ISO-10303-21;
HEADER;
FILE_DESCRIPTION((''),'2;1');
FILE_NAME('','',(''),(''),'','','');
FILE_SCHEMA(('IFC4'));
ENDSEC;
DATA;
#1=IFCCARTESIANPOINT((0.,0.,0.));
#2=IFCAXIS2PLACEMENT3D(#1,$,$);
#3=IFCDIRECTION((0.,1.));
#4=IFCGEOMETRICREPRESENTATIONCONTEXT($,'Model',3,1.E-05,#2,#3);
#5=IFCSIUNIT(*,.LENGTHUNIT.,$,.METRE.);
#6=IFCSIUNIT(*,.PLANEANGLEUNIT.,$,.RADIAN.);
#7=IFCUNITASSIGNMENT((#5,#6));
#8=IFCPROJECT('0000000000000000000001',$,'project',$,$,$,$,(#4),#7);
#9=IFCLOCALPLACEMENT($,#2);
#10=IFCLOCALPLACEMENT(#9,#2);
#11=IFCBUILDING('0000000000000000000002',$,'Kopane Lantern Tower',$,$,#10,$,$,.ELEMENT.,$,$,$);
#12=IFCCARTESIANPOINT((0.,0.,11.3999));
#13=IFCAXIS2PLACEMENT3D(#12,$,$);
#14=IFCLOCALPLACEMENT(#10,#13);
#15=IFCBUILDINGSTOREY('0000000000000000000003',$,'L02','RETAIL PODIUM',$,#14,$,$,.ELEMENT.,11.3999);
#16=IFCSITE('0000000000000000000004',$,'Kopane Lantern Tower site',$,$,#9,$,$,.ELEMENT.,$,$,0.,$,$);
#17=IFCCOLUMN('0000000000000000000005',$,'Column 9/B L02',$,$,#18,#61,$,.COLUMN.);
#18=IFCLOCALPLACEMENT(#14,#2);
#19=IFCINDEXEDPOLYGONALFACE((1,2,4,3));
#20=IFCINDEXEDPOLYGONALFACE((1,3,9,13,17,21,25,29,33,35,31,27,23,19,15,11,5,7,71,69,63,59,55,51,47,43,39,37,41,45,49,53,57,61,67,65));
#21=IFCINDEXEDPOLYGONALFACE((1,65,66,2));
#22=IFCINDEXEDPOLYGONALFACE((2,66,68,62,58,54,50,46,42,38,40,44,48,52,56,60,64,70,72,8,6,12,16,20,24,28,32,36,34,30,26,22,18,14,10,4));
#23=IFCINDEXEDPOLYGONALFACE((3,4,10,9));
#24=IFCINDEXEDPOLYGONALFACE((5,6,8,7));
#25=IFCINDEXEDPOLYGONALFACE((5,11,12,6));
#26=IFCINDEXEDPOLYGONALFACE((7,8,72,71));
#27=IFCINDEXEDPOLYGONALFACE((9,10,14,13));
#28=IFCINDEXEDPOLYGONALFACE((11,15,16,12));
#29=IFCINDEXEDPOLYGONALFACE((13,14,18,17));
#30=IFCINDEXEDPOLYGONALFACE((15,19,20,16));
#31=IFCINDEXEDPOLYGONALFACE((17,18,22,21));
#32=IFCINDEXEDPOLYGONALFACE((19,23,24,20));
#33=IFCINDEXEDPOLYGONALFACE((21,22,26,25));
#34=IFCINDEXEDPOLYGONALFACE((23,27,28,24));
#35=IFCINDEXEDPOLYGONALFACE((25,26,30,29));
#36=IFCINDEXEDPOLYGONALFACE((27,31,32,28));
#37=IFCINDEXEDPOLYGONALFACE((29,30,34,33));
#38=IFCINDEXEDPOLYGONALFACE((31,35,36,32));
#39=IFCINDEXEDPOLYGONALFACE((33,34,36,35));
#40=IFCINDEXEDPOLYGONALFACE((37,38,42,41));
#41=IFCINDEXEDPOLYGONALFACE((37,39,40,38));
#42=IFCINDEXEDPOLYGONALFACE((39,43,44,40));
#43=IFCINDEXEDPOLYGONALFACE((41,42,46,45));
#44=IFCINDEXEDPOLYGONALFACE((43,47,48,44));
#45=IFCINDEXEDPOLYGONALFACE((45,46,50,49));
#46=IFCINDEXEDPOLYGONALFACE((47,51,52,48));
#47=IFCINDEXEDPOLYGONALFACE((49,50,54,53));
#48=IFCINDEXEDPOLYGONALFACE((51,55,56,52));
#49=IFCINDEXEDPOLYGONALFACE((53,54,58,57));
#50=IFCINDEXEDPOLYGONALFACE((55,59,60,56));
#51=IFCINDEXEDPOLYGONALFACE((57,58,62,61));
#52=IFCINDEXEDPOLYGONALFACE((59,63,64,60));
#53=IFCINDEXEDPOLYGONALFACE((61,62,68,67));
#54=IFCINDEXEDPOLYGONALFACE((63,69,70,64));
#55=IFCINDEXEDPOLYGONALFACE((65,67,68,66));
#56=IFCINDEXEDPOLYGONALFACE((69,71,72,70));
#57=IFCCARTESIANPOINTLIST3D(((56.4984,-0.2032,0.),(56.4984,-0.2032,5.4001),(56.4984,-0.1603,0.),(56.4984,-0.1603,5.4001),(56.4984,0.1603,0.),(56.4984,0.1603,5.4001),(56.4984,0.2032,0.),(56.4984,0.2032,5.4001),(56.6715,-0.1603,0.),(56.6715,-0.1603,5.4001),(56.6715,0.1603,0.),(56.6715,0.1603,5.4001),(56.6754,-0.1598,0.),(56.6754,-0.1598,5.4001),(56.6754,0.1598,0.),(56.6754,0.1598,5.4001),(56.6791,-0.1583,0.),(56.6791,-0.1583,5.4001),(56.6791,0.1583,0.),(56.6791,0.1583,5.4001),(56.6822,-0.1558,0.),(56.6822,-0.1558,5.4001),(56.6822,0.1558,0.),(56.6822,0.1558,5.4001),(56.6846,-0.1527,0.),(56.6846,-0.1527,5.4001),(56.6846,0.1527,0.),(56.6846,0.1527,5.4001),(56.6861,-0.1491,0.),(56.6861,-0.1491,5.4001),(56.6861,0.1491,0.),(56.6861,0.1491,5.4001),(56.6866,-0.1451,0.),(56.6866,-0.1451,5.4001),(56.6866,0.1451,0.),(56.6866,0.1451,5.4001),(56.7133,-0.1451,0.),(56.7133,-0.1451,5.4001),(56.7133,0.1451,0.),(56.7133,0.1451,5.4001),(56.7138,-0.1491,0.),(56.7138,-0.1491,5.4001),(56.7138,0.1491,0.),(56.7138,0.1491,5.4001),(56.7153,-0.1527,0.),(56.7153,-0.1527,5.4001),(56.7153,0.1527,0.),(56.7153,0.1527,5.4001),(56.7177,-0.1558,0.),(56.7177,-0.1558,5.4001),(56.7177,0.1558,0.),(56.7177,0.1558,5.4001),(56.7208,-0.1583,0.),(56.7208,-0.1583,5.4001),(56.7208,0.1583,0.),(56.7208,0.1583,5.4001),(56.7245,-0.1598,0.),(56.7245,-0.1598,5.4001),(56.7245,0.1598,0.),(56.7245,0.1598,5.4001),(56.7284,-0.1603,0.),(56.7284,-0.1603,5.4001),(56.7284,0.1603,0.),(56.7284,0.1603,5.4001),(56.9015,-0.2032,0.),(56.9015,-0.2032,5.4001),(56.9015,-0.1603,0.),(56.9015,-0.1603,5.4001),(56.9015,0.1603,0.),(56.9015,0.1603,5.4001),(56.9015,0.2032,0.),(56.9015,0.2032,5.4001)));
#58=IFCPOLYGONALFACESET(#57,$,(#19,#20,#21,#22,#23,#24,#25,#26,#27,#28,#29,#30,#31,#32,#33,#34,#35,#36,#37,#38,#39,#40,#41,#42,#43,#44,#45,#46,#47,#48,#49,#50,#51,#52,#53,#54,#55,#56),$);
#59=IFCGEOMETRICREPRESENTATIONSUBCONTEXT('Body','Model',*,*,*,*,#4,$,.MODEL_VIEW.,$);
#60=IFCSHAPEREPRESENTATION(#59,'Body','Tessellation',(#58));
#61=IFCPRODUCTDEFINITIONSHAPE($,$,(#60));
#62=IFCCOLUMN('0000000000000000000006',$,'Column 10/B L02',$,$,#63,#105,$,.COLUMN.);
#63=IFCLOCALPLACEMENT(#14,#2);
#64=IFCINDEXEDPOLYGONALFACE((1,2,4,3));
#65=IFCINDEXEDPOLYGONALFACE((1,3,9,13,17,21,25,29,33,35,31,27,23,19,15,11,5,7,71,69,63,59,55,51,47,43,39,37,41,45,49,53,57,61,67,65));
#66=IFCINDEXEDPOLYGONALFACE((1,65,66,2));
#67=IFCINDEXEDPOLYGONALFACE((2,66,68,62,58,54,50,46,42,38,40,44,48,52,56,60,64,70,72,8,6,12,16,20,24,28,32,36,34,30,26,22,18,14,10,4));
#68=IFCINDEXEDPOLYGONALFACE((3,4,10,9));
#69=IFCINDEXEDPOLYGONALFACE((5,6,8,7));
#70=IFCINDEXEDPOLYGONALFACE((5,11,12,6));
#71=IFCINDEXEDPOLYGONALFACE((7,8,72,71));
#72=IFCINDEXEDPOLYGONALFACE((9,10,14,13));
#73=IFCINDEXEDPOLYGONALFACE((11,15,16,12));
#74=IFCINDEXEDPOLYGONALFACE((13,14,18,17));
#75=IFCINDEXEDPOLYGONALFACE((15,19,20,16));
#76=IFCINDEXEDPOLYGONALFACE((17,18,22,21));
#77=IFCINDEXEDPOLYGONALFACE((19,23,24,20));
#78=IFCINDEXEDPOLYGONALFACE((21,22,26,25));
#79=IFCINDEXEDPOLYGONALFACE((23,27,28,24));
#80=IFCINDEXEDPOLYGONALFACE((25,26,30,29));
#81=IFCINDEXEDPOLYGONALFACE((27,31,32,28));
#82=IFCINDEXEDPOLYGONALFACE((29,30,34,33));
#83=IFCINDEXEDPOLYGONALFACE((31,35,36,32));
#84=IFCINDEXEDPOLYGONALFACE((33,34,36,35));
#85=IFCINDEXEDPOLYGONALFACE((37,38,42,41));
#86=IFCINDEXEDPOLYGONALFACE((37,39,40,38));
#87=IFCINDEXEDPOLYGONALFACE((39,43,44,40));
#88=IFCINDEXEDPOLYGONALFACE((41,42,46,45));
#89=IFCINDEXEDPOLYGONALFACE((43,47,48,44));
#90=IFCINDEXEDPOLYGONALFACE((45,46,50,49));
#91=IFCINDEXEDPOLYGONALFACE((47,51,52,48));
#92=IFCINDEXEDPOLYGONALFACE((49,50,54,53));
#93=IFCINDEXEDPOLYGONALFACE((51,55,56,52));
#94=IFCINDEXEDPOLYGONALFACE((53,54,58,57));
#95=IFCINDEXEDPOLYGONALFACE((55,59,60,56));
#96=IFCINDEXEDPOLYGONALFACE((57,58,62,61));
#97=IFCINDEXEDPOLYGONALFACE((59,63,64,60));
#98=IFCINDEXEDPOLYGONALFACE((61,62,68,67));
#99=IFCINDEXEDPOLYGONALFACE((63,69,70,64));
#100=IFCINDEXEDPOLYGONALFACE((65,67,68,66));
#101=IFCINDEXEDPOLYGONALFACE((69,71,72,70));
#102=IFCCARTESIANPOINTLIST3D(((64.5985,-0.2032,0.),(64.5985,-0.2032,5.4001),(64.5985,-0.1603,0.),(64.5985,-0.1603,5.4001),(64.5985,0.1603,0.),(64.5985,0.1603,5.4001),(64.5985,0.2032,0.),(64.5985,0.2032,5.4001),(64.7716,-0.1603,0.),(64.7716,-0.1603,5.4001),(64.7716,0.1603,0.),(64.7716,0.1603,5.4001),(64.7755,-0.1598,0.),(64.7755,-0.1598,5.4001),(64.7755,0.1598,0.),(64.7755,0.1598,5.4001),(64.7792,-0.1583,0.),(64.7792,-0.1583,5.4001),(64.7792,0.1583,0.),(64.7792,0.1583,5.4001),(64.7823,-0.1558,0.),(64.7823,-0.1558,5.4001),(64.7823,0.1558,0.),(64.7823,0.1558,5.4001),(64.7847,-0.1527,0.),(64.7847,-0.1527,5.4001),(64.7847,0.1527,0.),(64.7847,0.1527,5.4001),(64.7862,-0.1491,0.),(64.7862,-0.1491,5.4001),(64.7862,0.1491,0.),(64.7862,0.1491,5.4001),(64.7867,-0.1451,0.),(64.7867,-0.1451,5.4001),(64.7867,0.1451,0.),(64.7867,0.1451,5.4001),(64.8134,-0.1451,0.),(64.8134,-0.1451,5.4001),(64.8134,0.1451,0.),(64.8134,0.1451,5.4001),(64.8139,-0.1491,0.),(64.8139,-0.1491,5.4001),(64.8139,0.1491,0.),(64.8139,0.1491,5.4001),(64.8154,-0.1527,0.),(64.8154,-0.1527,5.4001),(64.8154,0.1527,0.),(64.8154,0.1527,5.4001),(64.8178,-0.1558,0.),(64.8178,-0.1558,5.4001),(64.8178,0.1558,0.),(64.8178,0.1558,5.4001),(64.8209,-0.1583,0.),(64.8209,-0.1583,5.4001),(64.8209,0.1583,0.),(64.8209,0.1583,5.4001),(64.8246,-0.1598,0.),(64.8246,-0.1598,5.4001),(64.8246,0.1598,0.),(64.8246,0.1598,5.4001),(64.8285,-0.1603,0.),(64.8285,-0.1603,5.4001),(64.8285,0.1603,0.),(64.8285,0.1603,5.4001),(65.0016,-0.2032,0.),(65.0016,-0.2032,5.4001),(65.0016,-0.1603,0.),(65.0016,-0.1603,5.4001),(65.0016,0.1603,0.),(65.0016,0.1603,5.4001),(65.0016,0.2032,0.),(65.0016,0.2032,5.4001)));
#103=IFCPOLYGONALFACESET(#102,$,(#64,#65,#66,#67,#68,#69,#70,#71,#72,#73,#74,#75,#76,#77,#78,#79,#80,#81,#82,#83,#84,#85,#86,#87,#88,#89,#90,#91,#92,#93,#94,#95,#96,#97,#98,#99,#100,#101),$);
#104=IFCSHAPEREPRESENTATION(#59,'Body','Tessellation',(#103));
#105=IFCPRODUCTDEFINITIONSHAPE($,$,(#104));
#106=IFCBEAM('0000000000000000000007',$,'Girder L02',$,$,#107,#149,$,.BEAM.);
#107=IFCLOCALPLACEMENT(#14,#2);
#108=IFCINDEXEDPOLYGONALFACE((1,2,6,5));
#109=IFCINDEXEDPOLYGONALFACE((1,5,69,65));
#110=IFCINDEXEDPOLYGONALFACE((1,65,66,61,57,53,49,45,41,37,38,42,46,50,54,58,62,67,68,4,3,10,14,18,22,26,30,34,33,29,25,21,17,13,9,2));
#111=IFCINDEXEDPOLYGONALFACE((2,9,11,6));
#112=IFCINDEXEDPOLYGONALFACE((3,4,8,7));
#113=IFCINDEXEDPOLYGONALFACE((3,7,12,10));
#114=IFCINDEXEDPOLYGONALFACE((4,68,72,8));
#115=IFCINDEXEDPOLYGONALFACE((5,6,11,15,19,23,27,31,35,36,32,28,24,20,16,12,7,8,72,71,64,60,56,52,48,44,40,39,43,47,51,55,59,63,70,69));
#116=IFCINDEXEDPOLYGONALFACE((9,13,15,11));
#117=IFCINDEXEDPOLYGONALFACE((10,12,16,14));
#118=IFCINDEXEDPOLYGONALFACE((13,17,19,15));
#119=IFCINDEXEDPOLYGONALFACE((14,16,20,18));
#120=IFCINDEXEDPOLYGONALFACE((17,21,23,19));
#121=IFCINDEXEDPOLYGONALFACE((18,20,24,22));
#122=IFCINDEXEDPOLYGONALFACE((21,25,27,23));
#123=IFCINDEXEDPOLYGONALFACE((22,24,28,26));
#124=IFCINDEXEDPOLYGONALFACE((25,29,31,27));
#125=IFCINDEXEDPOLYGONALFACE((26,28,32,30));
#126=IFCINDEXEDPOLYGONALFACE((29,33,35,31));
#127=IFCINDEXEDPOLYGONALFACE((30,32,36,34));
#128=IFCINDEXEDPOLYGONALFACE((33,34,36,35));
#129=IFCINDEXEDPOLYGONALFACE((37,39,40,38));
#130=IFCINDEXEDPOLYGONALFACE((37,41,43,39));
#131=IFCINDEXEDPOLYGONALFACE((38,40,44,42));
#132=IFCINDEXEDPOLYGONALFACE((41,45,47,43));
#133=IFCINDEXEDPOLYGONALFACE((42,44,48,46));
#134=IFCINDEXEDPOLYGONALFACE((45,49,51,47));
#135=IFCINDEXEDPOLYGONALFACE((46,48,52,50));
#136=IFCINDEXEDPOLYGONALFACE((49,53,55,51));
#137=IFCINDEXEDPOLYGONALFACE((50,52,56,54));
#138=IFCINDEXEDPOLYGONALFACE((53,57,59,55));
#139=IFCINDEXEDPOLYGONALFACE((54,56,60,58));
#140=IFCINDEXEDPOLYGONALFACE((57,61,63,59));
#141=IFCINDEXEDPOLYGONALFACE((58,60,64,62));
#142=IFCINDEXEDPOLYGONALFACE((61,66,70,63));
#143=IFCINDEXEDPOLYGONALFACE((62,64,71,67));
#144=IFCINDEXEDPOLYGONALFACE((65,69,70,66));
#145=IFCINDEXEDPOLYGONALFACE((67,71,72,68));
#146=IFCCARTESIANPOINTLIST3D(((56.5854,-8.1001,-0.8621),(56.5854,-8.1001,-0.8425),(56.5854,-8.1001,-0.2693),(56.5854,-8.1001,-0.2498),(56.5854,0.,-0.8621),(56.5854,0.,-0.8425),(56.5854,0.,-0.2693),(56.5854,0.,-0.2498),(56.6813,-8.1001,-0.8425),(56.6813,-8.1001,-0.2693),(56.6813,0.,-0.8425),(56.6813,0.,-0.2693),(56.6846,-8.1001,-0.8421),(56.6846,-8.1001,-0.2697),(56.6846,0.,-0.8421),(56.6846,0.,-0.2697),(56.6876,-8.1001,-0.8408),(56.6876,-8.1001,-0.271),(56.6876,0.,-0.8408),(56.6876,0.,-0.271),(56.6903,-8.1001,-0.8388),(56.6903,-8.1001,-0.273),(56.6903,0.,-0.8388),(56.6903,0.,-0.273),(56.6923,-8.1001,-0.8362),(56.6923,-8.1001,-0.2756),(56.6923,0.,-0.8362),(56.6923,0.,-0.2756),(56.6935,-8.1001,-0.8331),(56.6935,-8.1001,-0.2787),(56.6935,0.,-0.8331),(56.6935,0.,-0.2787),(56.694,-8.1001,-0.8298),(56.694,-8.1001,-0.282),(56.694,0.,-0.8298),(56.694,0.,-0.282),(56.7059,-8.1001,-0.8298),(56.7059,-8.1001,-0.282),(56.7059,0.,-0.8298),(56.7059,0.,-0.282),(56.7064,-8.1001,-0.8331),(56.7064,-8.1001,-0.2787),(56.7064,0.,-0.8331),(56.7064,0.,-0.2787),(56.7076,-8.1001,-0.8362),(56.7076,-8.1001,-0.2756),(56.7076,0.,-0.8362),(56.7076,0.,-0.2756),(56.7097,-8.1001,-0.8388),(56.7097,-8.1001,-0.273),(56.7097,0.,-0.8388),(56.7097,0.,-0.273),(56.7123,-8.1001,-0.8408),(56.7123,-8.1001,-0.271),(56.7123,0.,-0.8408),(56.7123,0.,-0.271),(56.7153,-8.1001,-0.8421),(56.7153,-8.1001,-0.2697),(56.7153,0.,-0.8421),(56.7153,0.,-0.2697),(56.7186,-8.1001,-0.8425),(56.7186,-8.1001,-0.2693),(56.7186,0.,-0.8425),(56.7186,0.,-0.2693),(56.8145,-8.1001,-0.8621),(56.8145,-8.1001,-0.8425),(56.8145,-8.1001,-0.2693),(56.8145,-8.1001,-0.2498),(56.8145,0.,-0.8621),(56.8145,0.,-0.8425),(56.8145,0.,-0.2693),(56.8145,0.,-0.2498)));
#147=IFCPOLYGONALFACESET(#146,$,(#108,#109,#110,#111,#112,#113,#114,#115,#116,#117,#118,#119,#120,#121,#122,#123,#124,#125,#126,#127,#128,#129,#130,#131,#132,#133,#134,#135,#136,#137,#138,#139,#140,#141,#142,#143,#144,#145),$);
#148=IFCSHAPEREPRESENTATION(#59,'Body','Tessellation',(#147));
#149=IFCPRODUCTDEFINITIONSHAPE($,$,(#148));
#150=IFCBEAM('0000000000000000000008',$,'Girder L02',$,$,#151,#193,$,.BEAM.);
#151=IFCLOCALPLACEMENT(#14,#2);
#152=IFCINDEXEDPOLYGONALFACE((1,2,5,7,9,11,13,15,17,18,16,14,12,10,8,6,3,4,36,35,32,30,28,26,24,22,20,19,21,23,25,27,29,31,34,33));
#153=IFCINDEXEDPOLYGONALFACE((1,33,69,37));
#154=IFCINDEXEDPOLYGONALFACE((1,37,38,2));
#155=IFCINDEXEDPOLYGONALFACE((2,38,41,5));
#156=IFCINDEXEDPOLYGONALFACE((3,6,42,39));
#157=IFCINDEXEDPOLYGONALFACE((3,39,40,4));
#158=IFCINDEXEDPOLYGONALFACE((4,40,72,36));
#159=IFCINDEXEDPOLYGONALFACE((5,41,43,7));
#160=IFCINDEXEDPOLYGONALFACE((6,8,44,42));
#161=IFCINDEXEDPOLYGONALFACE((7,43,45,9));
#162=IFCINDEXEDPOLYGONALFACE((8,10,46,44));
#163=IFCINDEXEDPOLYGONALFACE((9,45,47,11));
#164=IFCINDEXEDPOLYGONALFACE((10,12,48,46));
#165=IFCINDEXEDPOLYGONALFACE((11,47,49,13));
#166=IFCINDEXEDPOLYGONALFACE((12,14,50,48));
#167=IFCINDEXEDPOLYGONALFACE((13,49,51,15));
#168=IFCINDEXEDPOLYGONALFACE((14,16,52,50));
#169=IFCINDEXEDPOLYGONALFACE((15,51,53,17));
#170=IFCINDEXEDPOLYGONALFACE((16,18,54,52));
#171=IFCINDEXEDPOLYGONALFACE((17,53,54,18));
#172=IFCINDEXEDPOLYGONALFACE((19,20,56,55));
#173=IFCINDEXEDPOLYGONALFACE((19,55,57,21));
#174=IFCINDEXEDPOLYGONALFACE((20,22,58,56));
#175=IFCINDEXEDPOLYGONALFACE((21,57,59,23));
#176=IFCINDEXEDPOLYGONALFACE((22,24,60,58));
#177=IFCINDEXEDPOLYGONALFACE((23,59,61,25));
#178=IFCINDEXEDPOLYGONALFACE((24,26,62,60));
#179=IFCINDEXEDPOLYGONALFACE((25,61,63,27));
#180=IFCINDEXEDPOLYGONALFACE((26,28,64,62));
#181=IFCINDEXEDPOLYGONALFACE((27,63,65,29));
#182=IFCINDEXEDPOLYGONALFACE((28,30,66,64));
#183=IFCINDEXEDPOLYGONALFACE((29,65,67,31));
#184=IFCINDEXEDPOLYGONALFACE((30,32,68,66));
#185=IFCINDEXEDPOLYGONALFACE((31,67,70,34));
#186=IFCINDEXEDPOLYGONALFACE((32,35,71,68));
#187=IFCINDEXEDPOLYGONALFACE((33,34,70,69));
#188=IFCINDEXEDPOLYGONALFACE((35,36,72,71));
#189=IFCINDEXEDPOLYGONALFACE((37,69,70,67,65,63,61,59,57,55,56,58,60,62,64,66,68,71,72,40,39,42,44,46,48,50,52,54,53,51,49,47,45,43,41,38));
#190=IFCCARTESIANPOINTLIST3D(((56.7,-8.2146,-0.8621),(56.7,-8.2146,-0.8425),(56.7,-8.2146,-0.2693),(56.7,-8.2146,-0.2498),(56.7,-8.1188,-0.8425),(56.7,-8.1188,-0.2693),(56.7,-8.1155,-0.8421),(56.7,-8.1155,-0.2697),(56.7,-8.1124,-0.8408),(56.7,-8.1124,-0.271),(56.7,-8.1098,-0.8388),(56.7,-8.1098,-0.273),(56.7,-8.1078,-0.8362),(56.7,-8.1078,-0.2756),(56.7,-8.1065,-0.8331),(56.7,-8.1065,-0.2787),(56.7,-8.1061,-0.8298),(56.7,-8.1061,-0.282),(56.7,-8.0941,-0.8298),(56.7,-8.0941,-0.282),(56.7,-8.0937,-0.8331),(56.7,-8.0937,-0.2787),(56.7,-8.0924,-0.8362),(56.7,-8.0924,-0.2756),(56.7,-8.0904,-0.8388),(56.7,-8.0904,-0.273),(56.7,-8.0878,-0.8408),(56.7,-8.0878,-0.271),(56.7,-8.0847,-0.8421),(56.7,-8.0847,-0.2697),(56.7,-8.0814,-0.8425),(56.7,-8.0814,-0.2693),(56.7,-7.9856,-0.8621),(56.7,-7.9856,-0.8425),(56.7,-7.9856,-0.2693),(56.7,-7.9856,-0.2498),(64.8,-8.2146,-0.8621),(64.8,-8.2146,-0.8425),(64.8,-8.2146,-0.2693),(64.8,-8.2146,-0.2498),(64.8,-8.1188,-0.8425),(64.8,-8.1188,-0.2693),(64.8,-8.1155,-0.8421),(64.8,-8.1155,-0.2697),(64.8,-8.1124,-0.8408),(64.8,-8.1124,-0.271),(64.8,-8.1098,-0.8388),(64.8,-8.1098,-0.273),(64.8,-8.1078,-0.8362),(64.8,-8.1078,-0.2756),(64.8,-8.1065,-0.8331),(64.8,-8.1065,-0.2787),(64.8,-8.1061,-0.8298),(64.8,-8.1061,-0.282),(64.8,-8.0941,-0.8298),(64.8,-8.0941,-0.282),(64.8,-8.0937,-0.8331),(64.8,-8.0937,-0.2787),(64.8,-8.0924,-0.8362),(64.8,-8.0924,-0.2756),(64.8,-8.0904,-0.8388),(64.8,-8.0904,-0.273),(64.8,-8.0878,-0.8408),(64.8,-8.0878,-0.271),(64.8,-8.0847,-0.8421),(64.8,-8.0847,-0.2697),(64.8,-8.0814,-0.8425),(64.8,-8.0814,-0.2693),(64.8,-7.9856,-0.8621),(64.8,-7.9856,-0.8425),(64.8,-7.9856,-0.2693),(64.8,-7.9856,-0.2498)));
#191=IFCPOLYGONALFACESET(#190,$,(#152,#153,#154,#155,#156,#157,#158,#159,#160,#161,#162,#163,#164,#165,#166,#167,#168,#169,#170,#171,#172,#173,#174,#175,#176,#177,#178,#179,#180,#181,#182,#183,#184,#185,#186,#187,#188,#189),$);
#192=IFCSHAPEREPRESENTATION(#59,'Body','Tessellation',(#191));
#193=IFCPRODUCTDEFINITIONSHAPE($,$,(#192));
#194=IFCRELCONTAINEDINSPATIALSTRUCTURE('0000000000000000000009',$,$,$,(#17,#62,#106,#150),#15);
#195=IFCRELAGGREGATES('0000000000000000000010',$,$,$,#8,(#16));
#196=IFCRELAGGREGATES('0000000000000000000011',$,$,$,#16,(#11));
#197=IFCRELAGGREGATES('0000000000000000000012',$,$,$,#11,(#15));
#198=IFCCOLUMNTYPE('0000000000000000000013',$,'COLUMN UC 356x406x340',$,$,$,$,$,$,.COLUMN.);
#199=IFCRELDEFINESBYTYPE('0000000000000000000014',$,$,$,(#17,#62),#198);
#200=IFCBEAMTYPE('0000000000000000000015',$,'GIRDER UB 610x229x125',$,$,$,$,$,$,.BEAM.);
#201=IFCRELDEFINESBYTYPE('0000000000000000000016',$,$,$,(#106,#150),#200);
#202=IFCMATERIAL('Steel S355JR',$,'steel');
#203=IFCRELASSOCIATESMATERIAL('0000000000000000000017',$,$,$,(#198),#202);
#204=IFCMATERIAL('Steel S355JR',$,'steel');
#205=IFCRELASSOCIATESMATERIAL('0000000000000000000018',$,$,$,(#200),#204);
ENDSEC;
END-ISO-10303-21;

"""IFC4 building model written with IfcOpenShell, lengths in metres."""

from ifc_helpers import new_model, si_unit, direction, frame, origin, origin_2d, place, context, subcontext, project, spatial, i_section, extrude, material, material_profile, profile_set, type_object, element, save


model = new_model("IFC4")

# Units and contexts
model_context = context("Model", 3, precision=1e-05, world=origin(), true_north=direction((0.0, 1.0)))
body_context = subcontext(model_context, "Body", "Model", "MODEL_VIEW")
ifc_project = project(units=[si_unit("LENGTHUNIT", "METRE"), si_unit("PLANEANGLEUNIT", "RADIAN")], contexts=[model_context])

# Site, building, storey
site_placement = place(None, origin())
site = spatial("IfcSite", under=ifc_project, at=site_placement, Name="Kopane Lantern Tower site", CompositionType="ELEMENT", RefElevation=0.0)
building_placement = place(site_placement, origin())
building = spatial("IfcBuilding", under=site, at=building_placement, Name="Kopane Lantern Tower", CompositionType="ELEMENT")
storey_placement = place(building_placement, frame((0.0, 0.0, 11.3999)))
storey = spatial("IfcBuildingStorey", under=building, at=storey_placement, Name="L02", Description="RETAIL PODIUM", CompositionType="ELEMENT", Elevation=11.3999)

# Columns
ifc_material_1 = material(Name="Steel S355JR", Category="steel")
ifc_material_profile_1 = material_profile(ifc_material_1, i_section(OverallWidth=0.4031, OverallDepth=0.4065, WebThickness=0.0266, FlangeThickness=0.043, FilletRadius=0.0151, at=origin_2d()), Name="UC 356x406x340")
ifc_profile_set_1 = profile_set([ifc_material_profile_1], Name="Steel S355JR")
column_type = type_object("IfcColumnType", Name="COLUMN UC 356x406x340", PredefinedType="COLUMN", material=ifc_profile_set_1)
for number, where, z_axis, x_axis, name in (
    (1, (56.7, 0.0, 0.0), (0.0, 0.0, 1.0), (1.0, 0.0, 0.0), "Column 9/B L02"),
    (2, (64.8, 0.0, 0.0), (0.0, 0.0, 1.0), (1.0, 0.0, 0.0), "Column 10/B L02"),
):
    element("IfcColumn", number, at=place(storey_placement, frame(where, z_axis=z_axis, x_axis=x_axis)), inside=storey, type_object=column_type, Name=name, PredefinedType="COLUMN", context=body_context, shape_type="SweptSolid", body=[
        extrude(i_section(OverallWidth=0.4031, OverallDepth=0.4065, WebThickness=0.0266, FlangeThickness=0.043, FilletRadius=0.0151, at=origin_2d()), origin(), (0.0, 0.0, 1.0), 5.4001),
    ])

# Beams
ifc_material_2 = material(Name="Steel S355JR", Category="steel")
ifc_material_profile_2 = material_profile(ifc_material_2, i_section(OverallWidth=0.229, OverallDepth=0.6123, WebThickness=0.012, FlangeThickness=0.0195, FilletRadius=0.0127, at=origin_2d()), Name="UB 610x229x125")
ifc_profile_set_2 = profile_set([ifc_material_profile_2], Name="Steel S355JR")
beam_type = type_object("IfcBeamType", Name="GIRDER UB 610x229x125", PredefinedType="BEAM", material=ifc_profile_set_2)
for number, where, z_axis, x_axis, name in (
    (3, (56.7, -8.1001, -0.5559), (0.0, 1.0, 0.0), (-1.0, 0.0, 0.0), "Girder L02"),
    (4, (56.7, -8.1001, -0.5559), (1.0, 0.0, 0.0), (0.0, 1.0, 0.0), "Girder L02"),
):
    element("IfcBeam", number, at=place(storey_placement, frame(where, z_axis=z_axis, x_axis=x_axis)), inside=storey, type_object=beam_type, Name=name, PredefinedType="BEAM", context=body_context, shape_type="SweptSolid", body=[
        extrude(i_section(OverallWidth=0.229, OverallDepth=0.6123, WebThickness=0.012, FlangeThickness=0.0195, FilletRadius=0.0127, at=origin_2d()), origin(), (0.0, 0.0, 1.0), 8.1001),
    ])

save(model, "model.ifc")
